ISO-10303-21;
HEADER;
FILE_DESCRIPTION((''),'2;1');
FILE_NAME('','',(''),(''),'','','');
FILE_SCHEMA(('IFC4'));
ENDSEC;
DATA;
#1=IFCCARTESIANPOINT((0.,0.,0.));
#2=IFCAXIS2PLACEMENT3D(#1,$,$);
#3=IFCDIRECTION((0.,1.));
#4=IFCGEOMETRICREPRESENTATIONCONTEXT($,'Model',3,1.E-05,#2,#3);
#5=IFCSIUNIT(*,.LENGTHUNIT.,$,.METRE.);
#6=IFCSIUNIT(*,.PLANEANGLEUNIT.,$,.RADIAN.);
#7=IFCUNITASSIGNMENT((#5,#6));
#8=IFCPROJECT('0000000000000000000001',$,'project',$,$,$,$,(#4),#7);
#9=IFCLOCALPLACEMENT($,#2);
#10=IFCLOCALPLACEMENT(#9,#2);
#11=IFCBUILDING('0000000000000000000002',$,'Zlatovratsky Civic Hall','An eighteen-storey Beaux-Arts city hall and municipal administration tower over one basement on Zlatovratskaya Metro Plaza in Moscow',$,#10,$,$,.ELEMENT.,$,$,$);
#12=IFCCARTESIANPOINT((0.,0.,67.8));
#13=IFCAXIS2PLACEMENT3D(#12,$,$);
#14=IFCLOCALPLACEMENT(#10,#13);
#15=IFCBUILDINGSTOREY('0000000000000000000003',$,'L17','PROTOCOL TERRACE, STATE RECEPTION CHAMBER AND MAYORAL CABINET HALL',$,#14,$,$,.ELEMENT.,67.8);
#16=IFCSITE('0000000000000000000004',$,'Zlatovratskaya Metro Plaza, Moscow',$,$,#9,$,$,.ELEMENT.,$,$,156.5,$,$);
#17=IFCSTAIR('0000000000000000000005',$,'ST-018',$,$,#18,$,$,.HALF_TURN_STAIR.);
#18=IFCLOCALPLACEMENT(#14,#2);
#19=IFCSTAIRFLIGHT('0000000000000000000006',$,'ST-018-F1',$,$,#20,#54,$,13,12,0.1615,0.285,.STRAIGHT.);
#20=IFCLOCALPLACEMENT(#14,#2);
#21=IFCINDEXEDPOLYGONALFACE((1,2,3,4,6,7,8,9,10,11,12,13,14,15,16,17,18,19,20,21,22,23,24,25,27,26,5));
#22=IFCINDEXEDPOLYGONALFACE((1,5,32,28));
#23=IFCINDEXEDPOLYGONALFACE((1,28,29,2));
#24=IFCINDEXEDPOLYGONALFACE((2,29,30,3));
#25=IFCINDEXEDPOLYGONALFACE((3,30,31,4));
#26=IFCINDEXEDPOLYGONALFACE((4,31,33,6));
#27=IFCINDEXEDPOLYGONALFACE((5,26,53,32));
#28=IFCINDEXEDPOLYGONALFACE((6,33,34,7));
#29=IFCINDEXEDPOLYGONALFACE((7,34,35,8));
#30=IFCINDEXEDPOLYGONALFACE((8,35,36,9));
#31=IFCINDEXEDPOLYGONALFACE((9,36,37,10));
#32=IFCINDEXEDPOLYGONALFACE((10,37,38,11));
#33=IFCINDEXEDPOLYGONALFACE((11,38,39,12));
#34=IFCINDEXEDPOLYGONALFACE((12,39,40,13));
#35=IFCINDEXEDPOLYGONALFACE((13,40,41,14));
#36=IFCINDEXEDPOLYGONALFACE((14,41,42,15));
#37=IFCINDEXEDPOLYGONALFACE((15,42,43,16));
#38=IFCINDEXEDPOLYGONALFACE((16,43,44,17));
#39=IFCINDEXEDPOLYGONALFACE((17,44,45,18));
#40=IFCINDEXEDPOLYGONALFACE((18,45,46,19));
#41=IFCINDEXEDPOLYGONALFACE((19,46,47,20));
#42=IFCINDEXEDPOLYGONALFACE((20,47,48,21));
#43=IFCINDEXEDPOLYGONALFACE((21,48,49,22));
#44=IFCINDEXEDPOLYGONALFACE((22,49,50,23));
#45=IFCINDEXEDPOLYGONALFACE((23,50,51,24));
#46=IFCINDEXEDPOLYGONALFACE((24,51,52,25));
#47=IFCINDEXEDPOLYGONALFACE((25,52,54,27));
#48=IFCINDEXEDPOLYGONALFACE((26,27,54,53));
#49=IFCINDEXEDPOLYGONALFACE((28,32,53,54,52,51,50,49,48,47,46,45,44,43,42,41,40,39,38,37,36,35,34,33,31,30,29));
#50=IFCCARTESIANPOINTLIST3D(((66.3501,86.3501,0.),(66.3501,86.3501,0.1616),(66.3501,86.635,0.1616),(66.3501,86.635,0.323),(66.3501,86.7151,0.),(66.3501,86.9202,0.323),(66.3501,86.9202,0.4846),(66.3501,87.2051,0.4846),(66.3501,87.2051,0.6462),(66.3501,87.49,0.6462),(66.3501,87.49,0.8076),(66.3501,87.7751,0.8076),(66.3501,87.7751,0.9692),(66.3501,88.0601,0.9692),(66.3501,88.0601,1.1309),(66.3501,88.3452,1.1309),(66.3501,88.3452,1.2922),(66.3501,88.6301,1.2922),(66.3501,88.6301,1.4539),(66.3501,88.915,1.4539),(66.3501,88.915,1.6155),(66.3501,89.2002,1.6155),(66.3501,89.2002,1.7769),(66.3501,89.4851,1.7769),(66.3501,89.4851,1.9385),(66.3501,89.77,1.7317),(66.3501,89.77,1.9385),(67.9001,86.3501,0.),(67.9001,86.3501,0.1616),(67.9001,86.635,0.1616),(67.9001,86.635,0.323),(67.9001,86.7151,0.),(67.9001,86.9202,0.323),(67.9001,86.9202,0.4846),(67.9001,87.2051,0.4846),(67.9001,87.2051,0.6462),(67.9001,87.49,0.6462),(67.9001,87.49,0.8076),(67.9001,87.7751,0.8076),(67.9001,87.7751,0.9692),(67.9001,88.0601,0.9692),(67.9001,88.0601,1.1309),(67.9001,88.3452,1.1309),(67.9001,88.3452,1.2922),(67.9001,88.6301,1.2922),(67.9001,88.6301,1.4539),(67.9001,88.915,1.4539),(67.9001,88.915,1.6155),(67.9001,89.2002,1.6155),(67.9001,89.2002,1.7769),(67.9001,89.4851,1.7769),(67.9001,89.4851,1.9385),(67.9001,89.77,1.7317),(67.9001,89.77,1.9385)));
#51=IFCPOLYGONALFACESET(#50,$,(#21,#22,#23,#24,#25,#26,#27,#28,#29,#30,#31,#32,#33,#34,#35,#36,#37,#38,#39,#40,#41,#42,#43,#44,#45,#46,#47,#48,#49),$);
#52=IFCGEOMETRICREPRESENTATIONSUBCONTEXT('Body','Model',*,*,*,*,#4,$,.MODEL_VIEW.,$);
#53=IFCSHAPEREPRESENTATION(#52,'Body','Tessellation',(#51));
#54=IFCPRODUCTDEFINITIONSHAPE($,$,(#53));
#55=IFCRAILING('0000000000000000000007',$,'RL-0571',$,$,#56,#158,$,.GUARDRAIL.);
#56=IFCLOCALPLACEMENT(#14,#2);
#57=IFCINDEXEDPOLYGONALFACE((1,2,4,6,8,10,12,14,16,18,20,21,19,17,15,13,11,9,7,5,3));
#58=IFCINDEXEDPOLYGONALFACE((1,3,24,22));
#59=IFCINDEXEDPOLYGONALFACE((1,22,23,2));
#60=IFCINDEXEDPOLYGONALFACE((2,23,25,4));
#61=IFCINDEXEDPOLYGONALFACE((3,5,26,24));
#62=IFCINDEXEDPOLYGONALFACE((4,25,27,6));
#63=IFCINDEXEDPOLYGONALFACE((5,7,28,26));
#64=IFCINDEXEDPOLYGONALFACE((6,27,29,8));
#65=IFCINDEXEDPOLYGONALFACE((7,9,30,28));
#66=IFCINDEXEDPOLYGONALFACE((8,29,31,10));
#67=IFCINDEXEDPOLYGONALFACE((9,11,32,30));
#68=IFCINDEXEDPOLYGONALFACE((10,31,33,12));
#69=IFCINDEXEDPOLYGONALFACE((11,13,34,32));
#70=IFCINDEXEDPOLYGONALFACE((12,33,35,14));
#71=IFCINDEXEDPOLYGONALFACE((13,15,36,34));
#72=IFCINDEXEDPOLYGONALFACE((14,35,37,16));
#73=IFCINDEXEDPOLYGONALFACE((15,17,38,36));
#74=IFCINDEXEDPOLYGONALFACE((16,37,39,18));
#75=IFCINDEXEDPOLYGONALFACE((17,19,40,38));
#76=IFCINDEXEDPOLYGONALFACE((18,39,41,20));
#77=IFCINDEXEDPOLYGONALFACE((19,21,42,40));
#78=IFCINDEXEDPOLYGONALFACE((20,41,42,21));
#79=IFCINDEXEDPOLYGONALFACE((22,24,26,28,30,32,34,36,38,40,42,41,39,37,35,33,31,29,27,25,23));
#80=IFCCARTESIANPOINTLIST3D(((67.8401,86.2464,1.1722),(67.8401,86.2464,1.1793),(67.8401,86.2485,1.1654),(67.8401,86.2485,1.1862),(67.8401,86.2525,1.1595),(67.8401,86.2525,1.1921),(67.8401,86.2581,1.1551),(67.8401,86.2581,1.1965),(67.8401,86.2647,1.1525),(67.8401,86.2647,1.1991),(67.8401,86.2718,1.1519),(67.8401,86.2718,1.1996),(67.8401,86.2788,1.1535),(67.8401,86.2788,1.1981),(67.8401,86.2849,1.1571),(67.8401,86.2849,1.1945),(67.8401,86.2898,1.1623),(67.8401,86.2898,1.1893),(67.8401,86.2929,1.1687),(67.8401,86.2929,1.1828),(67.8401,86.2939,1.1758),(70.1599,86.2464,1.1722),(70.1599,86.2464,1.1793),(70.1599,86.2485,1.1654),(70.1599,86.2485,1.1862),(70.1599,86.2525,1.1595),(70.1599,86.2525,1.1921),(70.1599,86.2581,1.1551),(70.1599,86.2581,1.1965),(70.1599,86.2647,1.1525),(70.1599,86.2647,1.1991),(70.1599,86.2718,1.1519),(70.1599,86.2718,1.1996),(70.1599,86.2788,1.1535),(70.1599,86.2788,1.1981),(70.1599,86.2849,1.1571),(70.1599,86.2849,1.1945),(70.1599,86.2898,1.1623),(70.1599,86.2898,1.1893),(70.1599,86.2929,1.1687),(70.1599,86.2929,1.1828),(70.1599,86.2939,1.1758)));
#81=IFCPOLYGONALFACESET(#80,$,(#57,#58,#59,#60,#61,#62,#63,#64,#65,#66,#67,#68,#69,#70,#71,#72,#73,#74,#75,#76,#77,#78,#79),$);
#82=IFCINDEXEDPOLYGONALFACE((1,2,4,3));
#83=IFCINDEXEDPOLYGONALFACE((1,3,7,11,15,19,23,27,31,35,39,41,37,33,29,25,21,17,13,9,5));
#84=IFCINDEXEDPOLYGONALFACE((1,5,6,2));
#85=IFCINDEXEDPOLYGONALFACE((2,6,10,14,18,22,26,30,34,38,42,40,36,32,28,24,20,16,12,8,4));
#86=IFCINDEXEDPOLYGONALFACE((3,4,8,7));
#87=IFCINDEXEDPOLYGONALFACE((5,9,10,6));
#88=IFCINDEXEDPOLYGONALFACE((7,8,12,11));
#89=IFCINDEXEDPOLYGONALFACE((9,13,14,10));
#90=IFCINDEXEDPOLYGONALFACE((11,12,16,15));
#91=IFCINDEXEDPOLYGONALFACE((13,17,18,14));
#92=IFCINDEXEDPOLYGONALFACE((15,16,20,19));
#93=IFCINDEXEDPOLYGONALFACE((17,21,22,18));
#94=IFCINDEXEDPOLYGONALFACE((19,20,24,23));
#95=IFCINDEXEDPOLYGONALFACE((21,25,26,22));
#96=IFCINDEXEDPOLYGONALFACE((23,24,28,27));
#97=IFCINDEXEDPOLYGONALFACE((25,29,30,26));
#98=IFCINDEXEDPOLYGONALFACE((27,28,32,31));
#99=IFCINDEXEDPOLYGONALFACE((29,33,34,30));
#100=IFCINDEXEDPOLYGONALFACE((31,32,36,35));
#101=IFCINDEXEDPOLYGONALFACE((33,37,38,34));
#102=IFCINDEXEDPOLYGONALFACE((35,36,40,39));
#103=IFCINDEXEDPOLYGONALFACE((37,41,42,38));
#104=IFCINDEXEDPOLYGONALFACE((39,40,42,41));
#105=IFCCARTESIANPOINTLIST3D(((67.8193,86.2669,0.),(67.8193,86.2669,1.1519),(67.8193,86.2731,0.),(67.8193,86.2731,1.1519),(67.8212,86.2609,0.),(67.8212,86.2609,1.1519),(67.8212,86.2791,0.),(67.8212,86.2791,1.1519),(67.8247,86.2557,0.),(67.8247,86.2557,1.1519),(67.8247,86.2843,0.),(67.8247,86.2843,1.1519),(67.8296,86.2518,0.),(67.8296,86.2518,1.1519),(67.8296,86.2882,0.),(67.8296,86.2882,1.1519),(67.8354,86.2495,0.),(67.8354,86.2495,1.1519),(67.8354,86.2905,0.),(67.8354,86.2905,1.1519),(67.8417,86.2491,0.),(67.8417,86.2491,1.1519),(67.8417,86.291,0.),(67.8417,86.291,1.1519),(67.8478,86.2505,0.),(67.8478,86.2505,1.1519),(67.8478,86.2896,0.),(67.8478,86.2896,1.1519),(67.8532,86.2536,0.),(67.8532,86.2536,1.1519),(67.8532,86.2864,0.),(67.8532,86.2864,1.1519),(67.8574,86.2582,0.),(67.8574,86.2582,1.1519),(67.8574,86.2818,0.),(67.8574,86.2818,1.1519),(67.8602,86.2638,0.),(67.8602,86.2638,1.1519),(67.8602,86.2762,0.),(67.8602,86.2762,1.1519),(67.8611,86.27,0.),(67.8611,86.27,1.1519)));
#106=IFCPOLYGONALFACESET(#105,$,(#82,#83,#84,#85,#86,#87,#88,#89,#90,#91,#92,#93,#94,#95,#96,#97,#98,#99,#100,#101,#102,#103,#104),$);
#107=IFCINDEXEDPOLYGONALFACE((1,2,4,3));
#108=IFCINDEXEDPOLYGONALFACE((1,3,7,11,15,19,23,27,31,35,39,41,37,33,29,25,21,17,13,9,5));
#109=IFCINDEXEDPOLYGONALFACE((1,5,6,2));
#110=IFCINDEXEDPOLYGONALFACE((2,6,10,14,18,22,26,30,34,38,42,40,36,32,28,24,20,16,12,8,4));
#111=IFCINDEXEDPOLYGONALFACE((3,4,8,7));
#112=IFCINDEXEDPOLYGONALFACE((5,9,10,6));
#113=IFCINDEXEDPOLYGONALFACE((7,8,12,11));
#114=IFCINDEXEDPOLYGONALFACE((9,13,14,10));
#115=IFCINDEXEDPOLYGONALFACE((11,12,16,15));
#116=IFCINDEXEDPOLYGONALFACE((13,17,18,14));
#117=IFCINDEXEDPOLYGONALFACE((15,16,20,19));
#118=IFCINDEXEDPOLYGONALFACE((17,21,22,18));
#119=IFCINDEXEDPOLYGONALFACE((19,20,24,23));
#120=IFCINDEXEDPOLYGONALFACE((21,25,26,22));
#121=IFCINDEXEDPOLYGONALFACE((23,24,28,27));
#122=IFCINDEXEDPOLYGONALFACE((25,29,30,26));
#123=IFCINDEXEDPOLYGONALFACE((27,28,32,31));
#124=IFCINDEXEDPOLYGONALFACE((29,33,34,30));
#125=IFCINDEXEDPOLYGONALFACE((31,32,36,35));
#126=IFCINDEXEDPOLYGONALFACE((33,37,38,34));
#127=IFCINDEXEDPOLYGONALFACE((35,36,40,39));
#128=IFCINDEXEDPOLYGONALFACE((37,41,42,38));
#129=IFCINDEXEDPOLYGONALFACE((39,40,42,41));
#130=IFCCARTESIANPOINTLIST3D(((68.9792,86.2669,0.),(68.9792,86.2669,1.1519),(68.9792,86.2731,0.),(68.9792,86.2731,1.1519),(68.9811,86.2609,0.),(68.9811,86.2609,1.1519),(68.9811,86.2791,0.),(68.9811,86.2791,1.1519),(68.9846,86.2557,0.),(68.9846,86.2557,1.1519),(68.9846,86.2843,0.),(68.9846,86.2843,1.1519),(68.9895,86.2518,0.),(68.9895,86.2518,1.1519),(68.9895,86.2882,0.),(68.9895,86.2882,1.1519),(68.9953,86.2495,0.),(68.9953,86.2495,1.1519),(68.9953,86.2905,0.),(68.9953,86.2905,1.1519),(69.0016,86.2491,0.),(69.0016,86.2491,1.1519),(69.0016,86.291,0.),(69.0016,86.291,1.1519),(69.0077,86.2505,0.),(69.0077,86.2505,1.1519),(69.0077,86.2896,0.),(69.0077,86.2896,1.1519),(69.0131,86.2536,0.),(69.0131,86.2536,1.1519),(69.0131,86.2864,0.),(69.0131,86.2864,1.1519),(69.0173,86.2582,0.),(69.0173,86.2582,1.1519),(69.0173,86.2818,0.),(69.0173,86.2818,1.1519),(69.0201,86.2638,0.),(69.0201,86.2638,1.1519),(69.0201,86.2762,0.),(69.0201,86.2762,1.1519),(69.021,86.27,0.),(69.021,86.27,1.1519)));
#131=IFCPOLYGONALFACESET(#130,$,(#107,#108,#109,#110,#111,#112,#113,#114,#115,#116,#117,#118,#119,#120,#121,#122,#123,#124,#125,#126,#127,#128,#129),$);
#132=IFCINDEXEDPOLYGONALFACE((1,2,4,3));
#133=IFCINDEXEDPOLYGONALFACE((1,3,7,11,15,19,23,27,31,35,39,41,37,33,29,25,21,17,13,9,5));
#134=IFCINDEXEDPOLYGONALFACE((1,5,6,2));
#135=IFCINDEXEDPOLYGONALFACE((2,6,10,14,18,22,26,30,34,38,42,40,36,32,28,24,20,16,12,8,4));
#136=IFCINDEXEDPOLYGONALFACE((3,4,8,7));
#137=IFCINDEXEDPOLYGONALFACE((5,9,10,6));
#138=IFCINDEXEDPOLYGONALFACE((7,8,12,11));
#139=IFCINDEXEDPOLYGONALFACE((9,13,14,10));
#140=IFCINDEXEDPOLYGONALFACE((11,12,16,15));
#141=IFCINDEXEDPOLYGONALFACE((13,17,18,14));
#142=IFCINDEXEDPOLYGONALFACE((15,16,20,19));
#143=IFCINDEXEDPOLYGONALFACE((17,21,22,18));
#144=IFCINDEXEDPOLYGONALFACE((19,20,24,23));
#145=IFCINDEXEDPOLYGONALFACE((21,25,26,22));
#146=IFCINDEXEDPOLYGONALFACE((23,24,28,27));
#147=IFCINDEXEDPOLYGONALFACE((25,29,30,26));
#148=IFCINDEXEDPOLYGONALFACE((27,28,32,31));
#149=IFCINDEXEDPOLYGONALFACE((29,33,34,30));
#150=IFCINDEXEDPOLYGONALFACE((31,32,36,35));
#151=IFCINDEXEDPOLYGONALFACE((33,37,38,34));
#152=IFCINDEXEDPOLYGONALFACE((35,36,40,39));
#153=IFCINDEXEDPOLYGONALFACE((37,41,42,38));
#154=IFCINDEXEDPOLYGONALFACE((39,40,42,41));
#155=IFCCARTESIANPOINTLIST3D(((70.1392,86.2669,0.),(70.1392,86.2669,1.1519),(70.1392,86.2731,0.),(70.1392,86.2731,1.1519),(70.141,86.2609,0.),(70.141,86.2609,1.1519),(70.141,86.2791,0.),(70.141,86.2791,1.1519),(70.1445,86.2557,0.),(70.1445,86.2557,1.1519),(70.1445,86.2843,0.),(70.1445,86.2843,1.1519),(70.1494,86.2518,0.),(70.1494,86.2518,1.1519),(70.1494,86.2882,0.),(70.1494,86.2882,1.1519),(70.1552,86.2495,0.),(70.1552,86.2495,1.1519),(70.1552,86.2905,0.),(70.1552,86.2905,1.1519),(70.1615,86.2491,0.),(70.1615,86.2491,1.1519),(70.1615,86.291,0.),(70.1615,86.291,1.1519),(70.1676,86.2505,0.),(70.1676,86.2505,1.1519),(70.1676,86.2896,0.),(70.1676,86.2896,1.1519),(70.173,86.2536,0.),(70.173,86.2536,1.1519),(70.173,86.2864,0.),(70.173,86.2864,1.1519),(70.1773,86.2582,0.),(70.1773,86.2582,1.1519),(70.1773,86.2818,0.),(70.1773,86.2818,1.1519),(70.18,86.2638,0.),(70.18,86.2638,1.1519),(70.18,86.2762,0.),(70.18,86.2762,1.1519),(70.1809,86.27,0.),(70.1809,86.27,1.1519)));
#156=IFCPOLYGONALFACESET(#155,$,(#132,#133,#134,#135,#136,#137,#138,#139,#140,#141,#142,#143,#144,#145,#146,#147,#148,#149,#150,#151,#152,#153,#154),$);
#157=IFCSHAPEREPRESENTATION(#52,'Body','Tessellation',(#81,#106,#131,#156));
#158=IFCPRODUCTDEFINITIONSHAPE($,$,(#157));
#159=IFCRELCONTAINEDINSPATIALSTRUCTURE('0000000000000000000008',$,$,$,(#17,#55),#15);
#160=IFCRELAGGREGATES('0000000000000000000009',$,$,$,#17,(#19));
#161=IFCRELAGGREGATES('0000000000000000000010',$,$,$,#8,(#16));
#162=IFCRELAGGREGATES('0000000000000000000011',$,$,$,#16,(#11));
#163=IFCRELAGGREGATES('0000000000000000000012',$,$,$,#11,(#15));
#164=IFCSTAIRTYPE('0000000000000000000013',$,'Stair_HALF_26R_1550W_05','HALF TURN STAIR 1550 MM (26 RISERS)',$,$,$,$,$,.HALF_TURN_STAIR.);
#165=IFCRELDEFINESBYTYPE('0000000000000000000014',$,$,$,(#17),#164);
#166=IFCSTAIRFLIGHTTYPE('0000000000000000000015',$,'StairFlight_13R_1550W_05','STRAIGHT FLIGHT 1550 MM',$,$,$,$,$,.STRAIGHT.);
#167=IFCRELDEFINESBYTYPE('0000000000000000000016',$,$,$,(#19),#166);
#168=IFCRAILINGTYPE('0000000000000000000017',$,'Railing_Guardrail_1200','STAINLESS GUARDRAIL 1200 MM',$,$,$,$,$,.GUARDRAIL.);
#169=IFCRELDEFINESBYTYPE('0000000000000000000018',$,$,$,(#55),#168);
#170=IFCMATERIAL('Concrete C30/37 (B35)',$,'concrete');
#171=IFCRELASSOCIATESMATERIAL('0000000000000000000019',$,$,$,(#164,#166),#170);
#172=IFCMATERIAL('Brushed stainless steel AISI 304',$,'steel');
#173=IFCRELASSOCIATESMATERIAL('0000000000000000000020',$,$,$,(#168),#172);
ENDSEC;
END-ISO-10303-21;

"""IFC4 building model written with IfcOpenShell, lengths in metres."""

from ifc_helpers import new_model, si_unit, direction, frame, origin, origin_2d, place, context, subcontext, project, spatial, polyline, circle, outline, extrude, material, type_object, element, aggregate, save


model = new_model("IFC4")

# Units and contexts
model_context = context("Model", 3, precision=1e-05, world=origin(), true_north=direction((0.0, 1.0)))
body_context = subcontext(model_context, "Body", "Model", "MODEL_VIEW")
ifc_project = project(units=[si_unit("LENGTHUNIT", "METRE"), si_unit("PLANEANGLEUNIT", "RADIAN")], contexts=[model_context])

# Site, building, storey
site_placement = place(None, origin())
site = spatial("IfcSite", under=ifc_project, at=site_placement, Name="Zlatovratskaya Metro Plaza, Moscow", CompositionType="ELEMENT", RefElevation=156.5)
building_placement = place(site_placement, origin())
building = spatial("IfcBuilding", under=site, at=building_placement, Name="Zlatovratsky Civic Hall", Description="An eighteen-storey Beaux-Arts city hall and municipal administration tower over one basement on Zlatovratskaya Metro Plaza in Moscow", CompositionType="ELEMENT")
storey_placement = place(building_placement, frame((0.0, 0.0, 67.8)))
storey = spatial("IfcBuildingStorey", under=building, at=storey_placement, Name="L17", Description="PROTOCOL TERRACE, STATE RECEPTION CHAMBER AND MAYORAL CABINET HALL", CompositionType="ELEMENT", Elevation=67.8)

# Stair, stair flight
ifc_material_1 = material(Name="Concrete C30/37 (B35)", Category="concrete")
stair_type = type_object("IfcStairType", Name="Stair_HALF_26R_1550W_05", Description="HALF TURN STAIR 1550 MM (26 RISERS)", PredefinedType="HALF_TURN_STAIR", material=ifc_material_1)
stair_placement = place(storey_placement, origin())
stair = element("IfcStair", 1, at=stair_placement, inside=storey, type_object=stair_type, Name="ST-018", PredefinedType="HALF_TURN_STAIR")
stair_flight_type = type_object("IfcStairFlightType", Name="StairFlight_13R_1550W_05", Description="STRAIGHT FLIGHT 1550 MM", PredefinedType="STRAIGHT", material=ifc_material_1)
stair_flight_placement = place(storey_placement, frame((67.125, 86.3501, 0.0), z_axis=(0.0, 0.0, 1.0), x_axis=(0.0, 1.0, 0.0)))
stair_flight = element("IfcStairFlight", 2, at=stair_flight_placement, type_object=stair_flight_type, Name="ST-018-F1", NumberOfRisers=13, NumberOfTreads=12, PredefinedType="STRAIGHT", RiserHeight=0.1615, TreadLength=0.285, context=body_context, shape_type="SweptSolid", body=[
    extrude(outline(polyline([(0.0, 0.0), (0.0, 0.1616), (0.2849, 0.1616), (0.2849, 0.323), (0.5701, 0.323), (0.5701, 0.4846), (0.855, 0.4846), (0.855, 0.6462), (1.1399, 0.6462), (1.1399, 0.8076), (1.425, 0.8076), (1.425, 0.9692), (1.71, 0.9692), (1.71, 1.1309), (1.9951, 1.1309), (1.9951, 1.2922), (2.28, 1.2922), (2.28, 1.4539), (2.5649, 1.4539), (2.5649, 1.6155), (2.8501, 1.6155), (2.8501, 1.7769), (3.135, 1.7769), (3.135, 1.9385), (3.4199, 1.9385), (3.4199, 2.1001), (3.4199, 1.7317), (0.365, 0.0), (0.0, 0.0)])), frame((0.0, 0.7749, 0.0), z_axis=(0.0, -1.0, 0.0), x_axis=(1.0, 0.0, 0.0)), (0.0, 0.0, 1.0), 1.55),
])
aggregate(stair, [stair_flight])

# Railing
ifc_material_2 = material(Name="Brushed stainless steel AISI 304", Category="steel")
railing_type_1 = type_object("IfcRailingType", Name="Railing_Guardrail_1200", Description="STAINLESS GUARDRAIL 1200 MM", PredefinedType="GUARDRAIL", material=ifc_material_2)
railing_1_placement = place(storey_placement, frame((67.8401, 86.27, 0.0)))
element("IfcRailing", 3, at=railing_1_placement, inside=storey, type_object=railing_type_1, Name="RL-0571", PredefinedType="GUARDRAIL", context=body_context, shape_type="SweptSolid", body=[
    extrude(circle(Radius=0.0239, at=origin_2d()), frame((0.0, 0.0, 1.1758), z_axis=(1.0, 0.0, 0.0), x_axis=(0.0, 1.0, 0.0)), (0.0, 0.0, 1.0), 2.3198),
    extrude(circle(Radius=0.021, at=origin_2d()), origin(), (0.0, 0.0, 1.0), 1.1519),
    extrude(circle(Radius=0.021, at=origin_2d()), frame((1.1599, 0.0, 0.0)), (0.0, 0.0, 1.0), 1.1519),
    extrude(circle(Radius=0.021, at=origin_2d()), frame((2.3198, 0.0, 0.0)), (0.0, 0.0, 1.0), 1.1519),
])

save(model, "model.ifc")
